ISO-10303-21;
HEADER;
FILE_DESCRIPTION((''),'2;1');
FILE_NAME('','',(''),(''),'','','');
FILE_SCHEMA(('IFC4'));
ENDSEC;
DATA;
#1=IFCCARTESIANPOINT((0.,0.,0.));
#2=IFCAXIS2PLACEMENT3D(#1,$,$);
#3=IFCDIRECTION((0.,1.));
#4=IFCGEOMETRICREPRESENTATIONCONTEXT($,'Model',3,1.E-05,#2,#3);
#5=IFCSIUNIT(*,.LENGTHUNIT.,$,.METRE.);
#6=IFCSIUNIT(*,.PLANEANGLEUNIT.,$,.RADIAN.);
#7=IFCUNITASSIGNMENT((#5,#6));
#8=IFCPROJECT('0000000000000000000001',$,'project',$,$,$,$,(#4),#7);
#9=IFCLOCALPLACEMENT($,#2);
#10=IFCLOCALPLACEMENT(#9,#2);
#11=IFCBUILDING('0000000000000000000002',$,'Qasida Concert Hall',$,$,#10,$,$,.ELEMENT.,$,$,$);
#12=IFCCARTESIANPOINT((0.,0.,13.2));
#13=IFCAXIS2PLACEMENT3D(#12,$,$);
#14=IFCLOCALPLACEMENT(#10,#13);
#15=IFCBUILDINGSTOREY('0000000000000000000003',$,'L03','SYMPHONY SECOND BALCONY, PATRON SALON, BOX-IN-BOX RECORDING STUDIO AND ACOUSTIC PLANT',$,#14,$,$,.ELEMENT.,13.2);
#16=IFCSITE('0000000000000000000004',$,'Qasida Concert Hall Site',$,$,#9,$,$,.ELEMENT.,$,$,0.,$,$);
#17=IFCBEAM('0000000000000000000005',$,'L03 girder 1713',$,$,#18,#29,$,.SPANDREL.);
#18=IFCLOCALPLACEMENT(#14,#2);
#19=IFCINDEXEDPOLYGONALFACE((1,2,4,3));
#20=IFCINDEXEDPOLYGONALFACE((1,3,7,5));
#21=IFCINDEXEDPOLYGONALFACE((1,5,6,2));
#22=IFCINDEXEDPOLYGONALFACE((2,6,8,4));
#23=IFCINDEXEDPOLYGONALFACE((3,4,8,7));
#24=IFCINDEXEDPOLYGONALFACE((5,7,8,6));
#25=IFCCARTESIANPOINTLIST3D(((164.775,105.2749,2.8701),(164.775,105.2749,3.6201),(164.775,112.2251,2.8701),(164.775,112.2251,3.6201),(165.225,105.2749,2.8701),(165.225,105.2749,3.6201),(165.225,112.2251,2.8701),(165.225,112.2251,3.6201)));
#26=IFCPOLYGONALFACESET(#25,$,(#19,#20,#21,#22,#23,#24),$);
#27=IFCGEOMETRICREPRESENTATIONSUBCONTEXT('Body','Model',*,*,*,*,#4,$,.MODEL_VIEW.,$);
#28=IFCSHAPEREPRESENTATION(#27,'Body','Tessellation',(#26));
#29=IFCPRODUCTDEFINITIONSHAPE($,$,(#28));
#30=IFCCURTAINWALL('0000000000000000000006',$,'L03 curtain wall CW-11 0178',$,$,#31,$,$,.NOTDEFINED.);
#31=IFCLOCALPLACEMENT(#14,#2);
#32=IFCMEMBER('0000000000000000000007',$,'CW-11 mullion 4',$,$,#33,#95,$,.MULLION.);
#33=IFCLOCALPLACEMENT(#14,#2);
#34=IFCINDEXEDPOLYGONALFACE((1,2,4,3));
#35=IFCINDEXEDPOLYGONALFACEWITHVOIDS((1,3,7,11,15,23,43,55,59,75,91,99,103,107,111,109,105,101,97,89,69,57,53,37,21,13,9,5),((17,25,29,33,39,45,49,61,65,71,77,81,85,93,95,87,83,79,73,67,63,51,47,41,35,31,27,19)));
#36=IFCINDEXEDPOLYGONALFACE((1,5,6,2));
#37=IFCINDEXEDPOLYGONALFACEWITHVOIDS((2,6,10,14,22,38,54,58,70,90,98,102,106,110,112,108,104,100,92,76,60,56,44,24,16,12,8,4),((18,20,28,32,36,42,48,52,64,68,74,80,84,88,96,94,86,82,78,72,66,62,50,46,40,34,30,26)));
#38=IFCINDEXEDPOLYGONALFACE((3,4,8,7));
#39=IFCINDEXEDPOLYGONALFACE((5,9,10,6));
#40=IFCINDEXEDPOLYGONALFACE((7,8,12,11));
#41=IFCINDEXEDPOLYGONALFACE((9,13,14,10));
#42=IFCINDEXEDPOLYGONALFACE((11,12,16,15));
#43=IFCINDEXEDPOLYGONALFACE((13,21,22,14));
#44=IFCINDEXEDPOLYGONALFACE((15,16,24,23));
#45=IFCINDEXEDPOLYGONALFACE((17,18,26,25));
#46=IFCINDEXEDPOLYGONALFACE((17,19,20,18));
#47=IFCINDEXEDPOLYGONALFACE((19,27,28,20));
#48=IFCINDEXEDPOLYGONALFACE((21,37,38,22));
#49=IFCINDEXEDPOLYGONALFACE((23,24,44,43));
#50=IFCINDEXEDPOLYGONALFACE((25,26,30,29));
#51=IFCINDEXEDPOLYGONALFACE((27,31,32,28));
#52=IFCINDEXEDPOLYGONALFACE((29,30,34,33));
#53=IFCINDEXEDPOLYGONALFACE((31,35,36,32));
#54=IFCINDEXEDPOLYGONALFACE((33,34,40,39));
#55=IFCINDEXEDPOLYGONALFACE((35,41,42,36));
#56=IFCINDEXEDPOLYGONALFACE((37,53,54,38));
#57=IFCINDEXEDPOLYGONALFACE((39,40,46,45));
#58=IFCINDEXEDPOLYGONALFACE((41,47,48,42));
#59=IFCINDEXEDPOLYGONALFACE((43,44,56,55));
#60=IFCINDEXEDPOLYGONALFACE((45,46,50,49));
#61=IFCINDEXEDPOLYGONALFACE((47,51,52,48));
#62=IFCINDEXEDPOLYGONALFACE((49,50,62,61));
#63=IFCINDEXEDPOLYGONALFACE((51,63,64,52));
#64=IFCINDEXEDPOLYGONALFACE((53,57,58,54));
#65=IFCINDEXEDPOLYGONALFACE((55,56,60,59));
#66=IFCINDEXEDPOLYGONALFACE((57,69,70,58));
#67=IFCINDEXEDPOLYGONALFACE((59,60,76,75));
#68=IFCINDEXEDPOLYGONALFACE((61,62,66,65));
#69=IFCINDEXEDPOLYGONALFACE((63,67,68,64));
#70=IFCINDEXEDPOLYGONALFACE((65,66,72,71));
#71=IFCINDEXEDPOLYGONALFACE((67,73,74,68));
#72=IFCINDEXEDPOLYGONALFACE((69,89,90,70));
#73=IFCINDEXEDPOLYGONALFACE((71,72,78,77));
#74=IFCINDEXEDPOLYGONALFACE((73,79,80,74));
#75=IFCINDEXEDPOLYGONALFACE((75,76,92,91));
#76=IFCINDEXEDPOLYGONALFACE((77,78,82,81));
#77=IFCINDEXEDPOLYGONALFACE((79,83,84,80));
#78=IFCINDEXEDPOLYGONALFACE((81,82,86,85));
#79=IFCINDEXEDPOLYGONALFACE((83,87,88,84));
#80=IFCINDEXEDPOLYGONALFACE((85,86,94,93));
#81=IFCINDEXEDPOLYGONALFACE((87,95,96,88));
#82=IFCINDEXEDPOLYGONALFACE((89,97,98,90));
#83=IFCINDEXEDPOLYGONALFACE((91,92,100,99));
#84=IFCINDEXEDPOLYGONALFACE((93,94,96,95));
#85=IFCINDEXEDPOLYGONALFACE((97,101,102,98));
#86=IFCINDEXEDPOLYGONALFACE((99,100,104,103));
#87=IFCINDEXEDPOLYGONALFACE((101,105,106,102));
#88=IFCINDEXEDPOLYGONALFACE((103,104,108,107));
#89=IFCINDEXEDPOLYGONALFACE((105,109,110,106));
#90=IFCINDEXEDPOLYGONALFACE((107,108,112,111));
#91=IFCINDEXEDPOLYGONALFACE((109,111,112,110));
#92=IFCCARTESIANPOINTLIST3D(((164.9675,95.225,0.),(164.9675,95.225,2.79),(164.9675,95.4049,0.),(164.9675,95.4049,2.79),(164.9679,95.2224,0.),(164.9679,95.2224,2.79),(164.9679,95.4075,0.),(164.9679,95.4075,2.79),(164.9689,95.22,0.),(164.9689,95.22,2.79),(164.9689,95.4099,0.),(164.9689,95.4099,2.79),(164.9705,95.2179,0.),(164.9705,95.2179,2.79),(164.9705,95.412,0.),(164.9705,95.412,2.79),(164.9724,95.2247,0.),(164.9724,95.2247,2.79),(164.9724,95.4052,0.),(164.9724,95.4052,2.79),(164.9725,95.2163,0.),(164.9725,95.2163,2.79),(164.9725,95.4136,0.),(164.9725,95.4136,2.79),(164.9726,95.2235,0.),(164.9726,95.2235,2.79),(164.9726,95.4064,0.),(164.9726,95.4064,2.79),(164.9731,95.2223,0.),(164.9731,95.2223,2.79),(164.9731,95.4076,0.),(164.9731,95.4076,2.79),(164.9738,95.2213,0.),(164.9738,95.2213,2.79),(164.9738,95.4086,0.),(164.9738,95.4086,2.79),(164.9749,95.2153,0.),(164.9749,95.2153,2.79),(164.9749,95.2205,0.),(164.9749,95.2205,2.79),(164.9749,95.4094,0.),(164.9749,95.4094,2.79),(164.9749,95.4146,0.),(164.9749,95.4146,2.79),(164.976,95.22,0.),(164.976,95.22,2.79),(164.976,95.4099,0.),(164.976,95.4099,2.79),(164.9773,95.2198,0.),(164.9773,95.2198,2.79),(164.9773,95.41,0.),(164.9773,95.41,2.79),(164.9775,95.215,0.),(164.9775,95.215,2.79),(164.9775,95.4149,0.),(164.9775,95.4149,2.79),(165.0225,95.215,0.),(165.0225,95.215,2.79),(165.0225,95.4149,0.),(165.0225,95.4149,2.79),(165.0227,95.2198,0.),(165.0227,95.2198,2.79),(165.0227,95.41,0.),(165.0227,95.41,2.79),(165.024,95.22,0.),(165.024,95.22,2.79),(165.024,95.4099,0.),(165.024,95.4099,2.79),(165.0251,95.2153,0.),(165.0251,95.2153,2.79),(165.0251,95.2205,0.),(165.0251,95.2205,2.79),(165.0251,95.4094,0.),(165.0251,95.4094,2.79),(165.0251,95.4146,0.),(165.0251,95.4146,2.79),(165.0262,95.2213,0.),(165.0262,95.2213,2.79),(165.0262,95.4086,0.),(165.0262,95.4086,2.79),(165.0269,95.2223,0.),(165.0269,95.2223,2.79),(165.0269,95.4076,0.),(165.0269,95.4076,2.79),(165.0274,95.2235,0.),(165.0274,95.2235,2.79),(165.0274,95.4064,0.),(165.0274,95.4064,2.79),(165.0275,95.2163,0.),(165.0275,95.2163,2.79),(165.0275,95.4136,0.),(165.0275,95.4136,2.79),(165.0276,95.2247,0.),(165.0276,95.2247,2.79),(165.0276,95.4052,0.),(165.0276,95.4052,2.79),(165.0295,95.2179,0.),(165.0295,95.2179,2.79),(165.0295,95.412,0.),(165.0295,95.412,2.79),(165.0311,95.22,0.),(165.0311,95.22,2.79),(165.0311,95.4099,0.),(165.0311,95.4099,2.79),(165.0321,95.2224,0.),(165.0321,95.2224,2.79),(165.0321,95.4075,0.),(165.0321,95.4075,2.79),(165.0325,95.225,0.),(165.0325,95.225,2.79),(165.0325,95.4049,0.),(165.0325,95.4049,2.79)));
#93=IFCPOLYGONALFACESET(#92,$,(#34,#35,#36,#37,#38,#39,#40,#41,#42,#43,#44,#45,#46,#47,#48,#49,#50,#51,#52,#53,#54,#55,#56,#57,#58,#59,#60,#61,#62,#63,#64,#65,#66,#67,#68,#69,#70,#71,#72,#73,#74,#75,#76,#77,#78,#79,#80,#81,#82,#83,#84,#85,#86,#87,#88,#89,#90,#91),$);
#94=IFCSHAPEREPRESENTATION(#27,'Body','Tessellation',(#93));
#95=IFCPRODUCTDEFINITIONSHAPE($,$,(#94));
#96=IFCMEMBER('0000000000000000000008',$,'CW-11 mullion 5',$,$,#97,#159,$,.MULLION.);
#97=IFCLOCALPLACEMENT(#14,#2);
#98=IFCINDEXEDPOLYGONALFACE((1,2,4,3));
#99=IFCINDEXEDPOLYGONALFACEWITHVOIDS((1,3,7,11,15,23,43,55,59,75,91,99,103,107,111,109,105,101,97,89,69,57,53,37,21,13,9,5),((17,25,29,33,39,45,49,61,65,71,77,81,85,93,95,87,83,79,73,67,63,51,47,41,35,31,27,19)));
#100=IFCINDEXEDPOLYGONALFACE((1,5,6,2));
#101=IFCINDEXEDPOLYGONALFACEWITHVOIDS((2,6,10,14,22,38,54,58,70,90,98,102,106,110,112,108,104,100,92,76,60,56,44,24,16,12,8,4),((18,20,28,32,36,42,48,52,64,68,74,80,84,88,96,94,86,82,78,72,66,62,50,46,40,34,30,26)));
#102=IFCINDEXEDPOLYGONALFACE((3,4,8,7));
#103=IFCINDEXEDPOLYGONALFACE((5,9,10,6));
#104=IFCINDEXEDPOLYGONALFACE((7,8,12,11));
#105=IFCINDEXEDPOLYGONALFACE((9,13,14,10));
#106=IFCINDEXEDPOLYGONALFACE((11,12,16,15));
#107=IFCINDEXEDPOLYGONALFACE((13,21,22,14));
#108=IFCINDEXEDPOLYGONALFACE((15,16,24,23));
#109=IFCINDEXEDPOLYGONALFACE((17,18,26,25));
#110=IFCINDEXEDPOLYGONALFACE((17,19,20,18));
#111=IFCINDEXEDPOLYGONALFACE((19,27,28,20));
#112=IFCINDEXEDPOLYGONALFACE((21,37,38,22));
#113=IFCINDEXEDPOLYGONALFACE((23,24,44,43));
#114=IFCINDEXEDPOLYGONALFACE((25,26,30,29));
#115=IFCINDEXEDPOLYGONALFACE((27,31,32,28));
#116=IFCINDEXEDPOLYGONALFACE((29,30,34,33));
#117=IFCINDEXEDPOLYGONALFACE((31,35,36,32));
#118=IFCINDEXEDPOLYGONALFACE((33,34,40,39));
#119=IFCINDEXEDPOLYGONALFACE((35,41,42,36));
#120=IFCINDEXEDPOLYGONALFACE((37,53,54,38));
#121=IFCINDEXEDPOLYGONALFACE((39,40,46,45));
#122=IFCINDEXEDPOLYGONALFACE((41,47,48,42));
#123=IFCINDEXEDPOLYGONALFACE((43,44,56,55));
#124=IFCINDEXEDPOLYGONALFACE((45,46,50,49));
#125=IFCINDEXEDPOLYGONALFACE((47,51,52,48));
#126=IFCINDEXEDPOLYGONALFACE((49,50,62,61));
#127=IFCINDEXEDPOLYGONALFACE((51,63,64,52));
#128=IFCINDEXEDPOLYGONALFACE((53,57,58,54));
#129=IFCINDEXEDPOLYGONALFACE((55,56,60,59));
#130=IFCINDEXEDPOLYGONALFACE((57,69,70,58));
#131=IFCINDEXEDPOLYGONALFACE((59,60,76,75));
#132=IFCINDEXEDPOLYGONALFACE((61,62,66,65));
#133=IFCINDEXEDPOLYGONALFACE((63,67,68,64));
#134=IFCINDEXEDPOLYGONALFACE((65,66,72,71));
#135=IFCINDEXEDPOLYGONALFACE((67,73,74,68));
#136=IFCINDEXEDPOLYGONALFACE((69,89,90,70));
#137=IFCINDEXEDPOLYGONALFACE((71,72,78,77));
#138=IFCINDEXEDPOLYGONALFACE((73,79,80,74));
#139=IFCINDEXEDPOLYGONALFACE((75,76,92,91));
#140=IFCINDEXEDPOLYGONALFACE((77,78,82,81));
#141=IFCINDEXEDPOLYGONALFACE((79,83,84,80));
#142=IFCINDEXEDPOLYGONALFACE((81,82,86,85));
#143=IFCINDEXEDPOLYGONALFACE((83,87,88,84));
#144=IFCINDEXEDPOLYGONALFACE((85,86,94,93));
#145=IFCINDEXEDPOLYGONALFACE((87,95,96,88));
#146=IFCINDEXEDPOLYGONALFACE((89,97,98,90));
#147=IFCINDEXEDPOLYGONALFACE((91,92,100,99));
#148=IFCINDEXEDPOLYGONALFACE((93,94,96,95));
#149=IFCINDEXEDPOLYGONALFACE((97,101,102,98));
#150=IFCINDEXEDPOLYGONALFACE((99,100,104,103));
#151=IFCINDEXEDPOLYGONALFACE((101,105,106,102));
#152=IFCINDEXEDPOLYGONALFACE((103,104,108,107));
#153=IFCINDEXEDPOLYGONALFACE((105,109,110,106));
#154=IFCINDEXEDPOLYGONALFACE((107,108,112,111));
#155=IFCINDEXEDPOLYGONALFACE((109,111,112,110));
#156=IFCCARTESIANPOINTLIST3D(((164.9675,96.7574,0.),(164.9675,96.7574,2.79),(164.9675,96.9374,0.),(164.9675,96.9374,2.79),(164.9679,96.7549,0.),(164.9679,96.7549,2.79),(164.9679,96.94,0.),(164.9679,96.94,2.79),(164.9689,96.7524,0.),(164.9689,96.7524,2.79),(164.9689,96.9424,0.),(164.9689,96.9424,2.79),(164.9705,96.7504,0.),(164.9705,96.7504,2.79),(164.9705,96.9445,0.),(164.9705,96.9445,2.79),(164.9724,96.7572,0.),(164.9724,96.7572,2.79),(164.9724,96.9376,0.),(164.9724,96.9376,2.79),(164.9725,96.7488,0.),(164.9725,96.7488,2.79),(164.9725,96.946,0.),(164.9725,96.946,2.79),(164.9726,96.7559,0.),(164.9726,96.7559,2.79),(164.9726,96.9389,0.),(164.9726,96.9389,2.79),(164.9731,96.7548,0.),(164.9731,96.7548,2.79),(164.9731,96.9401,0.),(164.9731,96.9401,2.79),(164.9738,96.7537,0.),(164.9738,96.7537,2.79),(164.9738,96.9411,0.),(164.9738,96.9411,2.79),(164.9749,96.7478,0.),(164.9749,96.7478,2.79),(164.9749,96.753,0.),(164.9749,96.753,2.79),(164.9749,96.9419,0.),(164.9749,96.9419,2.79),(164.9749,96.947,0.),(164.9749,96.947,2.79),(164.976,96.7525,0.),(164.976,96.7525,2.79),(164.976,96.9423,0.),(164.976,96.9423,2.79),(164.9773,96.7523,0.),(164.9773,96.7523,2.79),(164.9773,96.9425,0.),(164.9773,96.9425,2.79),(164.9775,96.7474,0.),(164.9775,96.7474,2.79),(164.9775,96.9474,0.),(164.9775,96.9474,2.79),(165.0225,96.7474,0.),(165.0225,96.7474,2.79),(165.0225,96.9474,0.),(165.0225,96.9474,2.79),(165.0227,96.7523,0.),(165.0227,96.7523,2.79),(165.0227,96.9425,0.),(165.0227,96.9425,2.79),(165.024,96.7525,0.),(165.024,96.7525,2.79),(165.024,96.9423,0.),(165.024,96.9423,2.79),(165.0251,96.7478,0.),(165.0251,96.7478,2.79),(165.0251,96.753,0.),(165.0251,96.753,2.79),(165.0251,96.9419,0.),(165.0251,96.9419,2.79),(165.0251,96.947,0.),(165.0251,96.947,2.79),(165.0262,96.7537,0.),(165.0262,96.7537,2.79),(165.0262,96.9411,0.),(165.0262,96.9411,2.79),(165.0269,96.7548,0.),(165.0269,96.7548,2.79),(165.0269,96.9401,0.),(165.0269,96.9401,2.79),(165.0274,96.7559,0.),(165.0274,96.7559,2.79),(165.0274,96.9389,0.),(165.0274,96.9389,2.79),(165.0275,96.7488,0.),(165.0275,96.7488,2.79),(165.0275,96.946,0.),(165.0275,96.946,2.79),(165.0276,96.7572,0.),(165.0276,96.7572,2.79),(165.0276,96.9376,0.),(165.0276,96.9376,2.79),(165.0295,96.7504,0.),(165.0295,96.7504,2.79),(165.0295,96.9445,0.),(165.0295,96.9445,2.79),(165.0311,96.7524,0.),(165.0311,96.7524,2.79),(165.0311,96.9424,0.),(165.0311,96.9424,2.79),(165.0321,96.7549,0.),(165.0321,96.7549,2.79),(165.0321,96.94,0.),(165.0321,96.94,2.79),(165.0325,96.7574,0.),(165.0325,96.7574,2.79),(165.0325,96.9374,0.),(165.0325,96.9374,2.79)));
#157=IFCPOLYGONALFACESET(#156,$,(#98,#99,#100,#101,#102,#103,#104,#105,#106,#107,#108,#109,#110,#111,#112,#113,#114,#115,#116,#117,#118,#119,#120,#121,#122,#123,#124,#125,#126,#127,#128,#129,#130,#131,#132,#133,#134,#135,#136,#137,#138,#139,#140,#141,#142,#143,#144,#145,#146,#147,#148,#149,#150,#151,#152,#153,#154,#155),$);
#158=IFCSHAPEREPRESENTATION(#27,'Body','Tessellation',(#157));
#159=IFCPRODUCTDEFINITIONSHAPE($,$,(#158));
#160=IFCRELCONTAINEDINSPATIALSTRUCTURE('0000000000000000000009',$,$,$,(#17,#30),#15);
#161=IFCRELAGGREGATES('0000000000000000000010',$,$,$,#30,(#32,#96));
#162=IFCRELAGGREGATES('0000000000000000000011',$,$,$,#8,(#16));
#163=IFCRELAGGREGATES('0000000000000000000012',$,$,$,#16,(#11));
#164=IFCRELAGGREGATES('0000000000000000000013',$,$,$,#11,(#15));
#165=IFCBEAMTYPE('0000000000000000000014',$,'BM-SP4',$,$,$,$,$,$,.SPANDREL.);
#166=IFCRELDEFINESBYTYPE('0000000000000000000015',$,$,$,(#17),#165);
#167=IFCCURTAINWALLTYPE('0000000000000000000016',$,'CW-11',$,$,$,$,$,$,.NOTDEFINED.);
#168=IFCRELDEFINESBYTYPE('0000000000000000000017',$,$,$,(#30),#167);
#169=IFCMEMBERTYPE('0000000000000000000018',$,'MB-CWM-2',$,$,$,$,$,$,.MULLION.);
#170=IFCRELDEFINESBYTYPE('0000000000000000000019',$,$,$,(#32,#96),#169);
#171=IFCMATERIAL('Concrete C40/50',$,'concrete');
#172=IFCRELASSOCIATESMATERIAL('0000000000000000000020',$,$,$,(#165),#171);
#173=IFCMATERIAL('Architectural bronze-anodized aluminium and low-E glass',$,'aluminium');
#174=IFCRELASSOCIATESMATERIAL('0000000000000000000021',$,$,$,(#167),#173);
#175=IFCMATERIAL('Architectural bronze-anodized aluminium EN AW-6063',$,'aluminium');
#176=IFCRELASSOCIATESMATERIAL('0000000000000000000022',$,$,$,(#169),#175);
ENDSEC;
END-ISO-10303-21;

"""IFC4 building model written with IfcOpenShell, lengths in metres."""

from ifc_helpers import new_model, si_unit, direction, frame, origin, origin_2d, place, context, subcontext, project, spatial, rectangle, hollow_rectangle, extrude, material, material_profile, profile_set, type_object, element, aggregate, save


model = new_model("IFC4")

# Units and contexts
model_context = context("Model", 3, precision=1e-05, world=origin(), true_north=direction((0.0, 1.0)))
body_context = subcontext(model_context, "Body", "Model", "MODEL_VIEW")
ifc_project = project(units=[si_unit("LENGTHUNIT", "METRE"), si_unit("PLANEANGLEUNIT", "RADIAN")], contexts=[model_context])

# Site, building, storey
site_placement = place(None, origin())
site = spatial("IfcSite", under=ifc_project, at=site_placement, Name="Qasida Concert Hall Site", CompositionType="ELEMENT", RefElevation=0.0)
building_placement = place(site_placement, origin())
building = spatial("IfcBuilding", under=site, at=building_placement, Name="Qasida Concert Hall", CompositionType="ELEMENT")
storey_placement = place(building_placement, frame((0.0, 0.0, 13.2)))
storey = spatial("IfcBuildingStorey", under=building, at=storey_placement, Name="L03", Description="SYMPHONY SECOND BALCONY, PATRON SALON, BOX-IN-BOX RECORDING STUDIO AND ACOUSTIC PLANT", CompositionType="ELEMENT", Elevation=13.2)

# Beam
ifc_material_1 = material(Name="Concrete C40/50", Category="concrete")
ifc_material_profile_1 = material_profile(ifc_material_1, rectangle(XDim=0.45, YDim=0.75, at=origin_2d()), Name="RC 450x750")
ifc_profile_set_1 = profile_set([ifc_material_profile_1], Name="Concrete C40/50")
beam_type_1 = type_object("IfcBeamType", Name="BM-SP4", PredefinedType="SPANDREL", material=ifc_profile_set_1)
beam_1_placement = place(storey_placement, frame((165.0, 105.2749, 3.2451), z_axis=(0.0, 1.0, 0.0), x_axis=(-1.0, 0.0, 0.0)))
element("IfcBeam", 1, at=beam_1_placement, inside=storey, type_object=beam_type_1, Name="L03 girder 1713", PredefinedType="SPANDREL", context=body_context, shape_type="SweptSolid", body=[
    extrude(rectangle(XDim=0.45, YDim=0.75, at=origin_2d()), origin(), (0.0, 0.0, 1.0), 6.9502),
])

# Curtain wall, members
ifc_material_2 = material(Name="Architectural bronze-anodized aluminium and low-E glass", Category="aluminium")
curtain_wall_type = type_object("IfcCurtainWallType", Name="CW-11", PredefinedType="NOTDEFINED", material=ifc_material_2)
curtain_wall_1_placement = place(storey_placement, origin())
curtain_wall_1 = element("IfcCurtainWall", 2, at=curtain_wall_1_placement, inside=storey, type_object=curtain_wall_type, Name="L03 curtain wall CW-11 0178", PredefinedType="NOTDEFINED")
ifc_material_3 = material(Name="Architectural bronze-anodized aluminium EN AW-6063", Category="aluminium")
ifc_material_profile_2 = material_profile(ifc_material_3, hollow_rectangle(XDim=0.0649, YDim=0.2, WallThickness=0.0049, InnerFilletRadius=0.0049, OuterFilletRadius=0.01, at=origin_2d()), Name="CWM 200x65x5")
ifc_profile_set_2 = profile_set([ifc_material_profile_2], Name="Architectural bronze-anodized aluminium EN AW-6063")
member_type_1 = type_object("IfcMemberType", Name="MB-CWM-2", PredefinedType="MULLION", material=ifc_profile_set_2)
member_1_placement = place(storey_placement, frame((165.0, 95.3149, 0.0), z_axis=(0.0, 0.0, 1.0), x_axis=(-1.0, 0.0, 0.0)))
member_1 = element("IfcMember", 3, at=member_1_placement, type_object=member_type_1, Name="CW-11 mullion 4", PredefinedType="MULLION", context=body_context, shape_type="SweptSolid", body=[
    extrude(hollow_rectangle(XDim=0.0649, YDim=0.2, WallThickness=0.0049, InnerFilletRadius=0.0049, OuterFilletRadius=0.01, at=origin_2d()), origin(), (0.0, 0.0, 1.0), 2.79),
])
member_2_placement = place(storey_placement, frame((165.0, 96.8474, 0.0), z_axis=(0.0, 0.0, 1.0), x_axis=(-1.0, 0.0, 0.0)))
member_2 = element("IfcMember", 4, at=member_2_placement, type_object=member_type_1, Name="CW-11 mullion 5", PredefinedType="MULLION", context=body_context, shape_type="SweptSolid", body=[
    extrude(hollow_rectangle(XDim=0.0649, YDim=0.2, WallThickness=0.0049, InnerFilletRadius=0.0049, OuterFilletRadius=0.01, at=origin_2d()), origin(), (0.0, 0.0, 1.0), 2.79),
])

aggregate(curtain_wall_1, [member_1, member_2])

save(model, "model.ifc")
